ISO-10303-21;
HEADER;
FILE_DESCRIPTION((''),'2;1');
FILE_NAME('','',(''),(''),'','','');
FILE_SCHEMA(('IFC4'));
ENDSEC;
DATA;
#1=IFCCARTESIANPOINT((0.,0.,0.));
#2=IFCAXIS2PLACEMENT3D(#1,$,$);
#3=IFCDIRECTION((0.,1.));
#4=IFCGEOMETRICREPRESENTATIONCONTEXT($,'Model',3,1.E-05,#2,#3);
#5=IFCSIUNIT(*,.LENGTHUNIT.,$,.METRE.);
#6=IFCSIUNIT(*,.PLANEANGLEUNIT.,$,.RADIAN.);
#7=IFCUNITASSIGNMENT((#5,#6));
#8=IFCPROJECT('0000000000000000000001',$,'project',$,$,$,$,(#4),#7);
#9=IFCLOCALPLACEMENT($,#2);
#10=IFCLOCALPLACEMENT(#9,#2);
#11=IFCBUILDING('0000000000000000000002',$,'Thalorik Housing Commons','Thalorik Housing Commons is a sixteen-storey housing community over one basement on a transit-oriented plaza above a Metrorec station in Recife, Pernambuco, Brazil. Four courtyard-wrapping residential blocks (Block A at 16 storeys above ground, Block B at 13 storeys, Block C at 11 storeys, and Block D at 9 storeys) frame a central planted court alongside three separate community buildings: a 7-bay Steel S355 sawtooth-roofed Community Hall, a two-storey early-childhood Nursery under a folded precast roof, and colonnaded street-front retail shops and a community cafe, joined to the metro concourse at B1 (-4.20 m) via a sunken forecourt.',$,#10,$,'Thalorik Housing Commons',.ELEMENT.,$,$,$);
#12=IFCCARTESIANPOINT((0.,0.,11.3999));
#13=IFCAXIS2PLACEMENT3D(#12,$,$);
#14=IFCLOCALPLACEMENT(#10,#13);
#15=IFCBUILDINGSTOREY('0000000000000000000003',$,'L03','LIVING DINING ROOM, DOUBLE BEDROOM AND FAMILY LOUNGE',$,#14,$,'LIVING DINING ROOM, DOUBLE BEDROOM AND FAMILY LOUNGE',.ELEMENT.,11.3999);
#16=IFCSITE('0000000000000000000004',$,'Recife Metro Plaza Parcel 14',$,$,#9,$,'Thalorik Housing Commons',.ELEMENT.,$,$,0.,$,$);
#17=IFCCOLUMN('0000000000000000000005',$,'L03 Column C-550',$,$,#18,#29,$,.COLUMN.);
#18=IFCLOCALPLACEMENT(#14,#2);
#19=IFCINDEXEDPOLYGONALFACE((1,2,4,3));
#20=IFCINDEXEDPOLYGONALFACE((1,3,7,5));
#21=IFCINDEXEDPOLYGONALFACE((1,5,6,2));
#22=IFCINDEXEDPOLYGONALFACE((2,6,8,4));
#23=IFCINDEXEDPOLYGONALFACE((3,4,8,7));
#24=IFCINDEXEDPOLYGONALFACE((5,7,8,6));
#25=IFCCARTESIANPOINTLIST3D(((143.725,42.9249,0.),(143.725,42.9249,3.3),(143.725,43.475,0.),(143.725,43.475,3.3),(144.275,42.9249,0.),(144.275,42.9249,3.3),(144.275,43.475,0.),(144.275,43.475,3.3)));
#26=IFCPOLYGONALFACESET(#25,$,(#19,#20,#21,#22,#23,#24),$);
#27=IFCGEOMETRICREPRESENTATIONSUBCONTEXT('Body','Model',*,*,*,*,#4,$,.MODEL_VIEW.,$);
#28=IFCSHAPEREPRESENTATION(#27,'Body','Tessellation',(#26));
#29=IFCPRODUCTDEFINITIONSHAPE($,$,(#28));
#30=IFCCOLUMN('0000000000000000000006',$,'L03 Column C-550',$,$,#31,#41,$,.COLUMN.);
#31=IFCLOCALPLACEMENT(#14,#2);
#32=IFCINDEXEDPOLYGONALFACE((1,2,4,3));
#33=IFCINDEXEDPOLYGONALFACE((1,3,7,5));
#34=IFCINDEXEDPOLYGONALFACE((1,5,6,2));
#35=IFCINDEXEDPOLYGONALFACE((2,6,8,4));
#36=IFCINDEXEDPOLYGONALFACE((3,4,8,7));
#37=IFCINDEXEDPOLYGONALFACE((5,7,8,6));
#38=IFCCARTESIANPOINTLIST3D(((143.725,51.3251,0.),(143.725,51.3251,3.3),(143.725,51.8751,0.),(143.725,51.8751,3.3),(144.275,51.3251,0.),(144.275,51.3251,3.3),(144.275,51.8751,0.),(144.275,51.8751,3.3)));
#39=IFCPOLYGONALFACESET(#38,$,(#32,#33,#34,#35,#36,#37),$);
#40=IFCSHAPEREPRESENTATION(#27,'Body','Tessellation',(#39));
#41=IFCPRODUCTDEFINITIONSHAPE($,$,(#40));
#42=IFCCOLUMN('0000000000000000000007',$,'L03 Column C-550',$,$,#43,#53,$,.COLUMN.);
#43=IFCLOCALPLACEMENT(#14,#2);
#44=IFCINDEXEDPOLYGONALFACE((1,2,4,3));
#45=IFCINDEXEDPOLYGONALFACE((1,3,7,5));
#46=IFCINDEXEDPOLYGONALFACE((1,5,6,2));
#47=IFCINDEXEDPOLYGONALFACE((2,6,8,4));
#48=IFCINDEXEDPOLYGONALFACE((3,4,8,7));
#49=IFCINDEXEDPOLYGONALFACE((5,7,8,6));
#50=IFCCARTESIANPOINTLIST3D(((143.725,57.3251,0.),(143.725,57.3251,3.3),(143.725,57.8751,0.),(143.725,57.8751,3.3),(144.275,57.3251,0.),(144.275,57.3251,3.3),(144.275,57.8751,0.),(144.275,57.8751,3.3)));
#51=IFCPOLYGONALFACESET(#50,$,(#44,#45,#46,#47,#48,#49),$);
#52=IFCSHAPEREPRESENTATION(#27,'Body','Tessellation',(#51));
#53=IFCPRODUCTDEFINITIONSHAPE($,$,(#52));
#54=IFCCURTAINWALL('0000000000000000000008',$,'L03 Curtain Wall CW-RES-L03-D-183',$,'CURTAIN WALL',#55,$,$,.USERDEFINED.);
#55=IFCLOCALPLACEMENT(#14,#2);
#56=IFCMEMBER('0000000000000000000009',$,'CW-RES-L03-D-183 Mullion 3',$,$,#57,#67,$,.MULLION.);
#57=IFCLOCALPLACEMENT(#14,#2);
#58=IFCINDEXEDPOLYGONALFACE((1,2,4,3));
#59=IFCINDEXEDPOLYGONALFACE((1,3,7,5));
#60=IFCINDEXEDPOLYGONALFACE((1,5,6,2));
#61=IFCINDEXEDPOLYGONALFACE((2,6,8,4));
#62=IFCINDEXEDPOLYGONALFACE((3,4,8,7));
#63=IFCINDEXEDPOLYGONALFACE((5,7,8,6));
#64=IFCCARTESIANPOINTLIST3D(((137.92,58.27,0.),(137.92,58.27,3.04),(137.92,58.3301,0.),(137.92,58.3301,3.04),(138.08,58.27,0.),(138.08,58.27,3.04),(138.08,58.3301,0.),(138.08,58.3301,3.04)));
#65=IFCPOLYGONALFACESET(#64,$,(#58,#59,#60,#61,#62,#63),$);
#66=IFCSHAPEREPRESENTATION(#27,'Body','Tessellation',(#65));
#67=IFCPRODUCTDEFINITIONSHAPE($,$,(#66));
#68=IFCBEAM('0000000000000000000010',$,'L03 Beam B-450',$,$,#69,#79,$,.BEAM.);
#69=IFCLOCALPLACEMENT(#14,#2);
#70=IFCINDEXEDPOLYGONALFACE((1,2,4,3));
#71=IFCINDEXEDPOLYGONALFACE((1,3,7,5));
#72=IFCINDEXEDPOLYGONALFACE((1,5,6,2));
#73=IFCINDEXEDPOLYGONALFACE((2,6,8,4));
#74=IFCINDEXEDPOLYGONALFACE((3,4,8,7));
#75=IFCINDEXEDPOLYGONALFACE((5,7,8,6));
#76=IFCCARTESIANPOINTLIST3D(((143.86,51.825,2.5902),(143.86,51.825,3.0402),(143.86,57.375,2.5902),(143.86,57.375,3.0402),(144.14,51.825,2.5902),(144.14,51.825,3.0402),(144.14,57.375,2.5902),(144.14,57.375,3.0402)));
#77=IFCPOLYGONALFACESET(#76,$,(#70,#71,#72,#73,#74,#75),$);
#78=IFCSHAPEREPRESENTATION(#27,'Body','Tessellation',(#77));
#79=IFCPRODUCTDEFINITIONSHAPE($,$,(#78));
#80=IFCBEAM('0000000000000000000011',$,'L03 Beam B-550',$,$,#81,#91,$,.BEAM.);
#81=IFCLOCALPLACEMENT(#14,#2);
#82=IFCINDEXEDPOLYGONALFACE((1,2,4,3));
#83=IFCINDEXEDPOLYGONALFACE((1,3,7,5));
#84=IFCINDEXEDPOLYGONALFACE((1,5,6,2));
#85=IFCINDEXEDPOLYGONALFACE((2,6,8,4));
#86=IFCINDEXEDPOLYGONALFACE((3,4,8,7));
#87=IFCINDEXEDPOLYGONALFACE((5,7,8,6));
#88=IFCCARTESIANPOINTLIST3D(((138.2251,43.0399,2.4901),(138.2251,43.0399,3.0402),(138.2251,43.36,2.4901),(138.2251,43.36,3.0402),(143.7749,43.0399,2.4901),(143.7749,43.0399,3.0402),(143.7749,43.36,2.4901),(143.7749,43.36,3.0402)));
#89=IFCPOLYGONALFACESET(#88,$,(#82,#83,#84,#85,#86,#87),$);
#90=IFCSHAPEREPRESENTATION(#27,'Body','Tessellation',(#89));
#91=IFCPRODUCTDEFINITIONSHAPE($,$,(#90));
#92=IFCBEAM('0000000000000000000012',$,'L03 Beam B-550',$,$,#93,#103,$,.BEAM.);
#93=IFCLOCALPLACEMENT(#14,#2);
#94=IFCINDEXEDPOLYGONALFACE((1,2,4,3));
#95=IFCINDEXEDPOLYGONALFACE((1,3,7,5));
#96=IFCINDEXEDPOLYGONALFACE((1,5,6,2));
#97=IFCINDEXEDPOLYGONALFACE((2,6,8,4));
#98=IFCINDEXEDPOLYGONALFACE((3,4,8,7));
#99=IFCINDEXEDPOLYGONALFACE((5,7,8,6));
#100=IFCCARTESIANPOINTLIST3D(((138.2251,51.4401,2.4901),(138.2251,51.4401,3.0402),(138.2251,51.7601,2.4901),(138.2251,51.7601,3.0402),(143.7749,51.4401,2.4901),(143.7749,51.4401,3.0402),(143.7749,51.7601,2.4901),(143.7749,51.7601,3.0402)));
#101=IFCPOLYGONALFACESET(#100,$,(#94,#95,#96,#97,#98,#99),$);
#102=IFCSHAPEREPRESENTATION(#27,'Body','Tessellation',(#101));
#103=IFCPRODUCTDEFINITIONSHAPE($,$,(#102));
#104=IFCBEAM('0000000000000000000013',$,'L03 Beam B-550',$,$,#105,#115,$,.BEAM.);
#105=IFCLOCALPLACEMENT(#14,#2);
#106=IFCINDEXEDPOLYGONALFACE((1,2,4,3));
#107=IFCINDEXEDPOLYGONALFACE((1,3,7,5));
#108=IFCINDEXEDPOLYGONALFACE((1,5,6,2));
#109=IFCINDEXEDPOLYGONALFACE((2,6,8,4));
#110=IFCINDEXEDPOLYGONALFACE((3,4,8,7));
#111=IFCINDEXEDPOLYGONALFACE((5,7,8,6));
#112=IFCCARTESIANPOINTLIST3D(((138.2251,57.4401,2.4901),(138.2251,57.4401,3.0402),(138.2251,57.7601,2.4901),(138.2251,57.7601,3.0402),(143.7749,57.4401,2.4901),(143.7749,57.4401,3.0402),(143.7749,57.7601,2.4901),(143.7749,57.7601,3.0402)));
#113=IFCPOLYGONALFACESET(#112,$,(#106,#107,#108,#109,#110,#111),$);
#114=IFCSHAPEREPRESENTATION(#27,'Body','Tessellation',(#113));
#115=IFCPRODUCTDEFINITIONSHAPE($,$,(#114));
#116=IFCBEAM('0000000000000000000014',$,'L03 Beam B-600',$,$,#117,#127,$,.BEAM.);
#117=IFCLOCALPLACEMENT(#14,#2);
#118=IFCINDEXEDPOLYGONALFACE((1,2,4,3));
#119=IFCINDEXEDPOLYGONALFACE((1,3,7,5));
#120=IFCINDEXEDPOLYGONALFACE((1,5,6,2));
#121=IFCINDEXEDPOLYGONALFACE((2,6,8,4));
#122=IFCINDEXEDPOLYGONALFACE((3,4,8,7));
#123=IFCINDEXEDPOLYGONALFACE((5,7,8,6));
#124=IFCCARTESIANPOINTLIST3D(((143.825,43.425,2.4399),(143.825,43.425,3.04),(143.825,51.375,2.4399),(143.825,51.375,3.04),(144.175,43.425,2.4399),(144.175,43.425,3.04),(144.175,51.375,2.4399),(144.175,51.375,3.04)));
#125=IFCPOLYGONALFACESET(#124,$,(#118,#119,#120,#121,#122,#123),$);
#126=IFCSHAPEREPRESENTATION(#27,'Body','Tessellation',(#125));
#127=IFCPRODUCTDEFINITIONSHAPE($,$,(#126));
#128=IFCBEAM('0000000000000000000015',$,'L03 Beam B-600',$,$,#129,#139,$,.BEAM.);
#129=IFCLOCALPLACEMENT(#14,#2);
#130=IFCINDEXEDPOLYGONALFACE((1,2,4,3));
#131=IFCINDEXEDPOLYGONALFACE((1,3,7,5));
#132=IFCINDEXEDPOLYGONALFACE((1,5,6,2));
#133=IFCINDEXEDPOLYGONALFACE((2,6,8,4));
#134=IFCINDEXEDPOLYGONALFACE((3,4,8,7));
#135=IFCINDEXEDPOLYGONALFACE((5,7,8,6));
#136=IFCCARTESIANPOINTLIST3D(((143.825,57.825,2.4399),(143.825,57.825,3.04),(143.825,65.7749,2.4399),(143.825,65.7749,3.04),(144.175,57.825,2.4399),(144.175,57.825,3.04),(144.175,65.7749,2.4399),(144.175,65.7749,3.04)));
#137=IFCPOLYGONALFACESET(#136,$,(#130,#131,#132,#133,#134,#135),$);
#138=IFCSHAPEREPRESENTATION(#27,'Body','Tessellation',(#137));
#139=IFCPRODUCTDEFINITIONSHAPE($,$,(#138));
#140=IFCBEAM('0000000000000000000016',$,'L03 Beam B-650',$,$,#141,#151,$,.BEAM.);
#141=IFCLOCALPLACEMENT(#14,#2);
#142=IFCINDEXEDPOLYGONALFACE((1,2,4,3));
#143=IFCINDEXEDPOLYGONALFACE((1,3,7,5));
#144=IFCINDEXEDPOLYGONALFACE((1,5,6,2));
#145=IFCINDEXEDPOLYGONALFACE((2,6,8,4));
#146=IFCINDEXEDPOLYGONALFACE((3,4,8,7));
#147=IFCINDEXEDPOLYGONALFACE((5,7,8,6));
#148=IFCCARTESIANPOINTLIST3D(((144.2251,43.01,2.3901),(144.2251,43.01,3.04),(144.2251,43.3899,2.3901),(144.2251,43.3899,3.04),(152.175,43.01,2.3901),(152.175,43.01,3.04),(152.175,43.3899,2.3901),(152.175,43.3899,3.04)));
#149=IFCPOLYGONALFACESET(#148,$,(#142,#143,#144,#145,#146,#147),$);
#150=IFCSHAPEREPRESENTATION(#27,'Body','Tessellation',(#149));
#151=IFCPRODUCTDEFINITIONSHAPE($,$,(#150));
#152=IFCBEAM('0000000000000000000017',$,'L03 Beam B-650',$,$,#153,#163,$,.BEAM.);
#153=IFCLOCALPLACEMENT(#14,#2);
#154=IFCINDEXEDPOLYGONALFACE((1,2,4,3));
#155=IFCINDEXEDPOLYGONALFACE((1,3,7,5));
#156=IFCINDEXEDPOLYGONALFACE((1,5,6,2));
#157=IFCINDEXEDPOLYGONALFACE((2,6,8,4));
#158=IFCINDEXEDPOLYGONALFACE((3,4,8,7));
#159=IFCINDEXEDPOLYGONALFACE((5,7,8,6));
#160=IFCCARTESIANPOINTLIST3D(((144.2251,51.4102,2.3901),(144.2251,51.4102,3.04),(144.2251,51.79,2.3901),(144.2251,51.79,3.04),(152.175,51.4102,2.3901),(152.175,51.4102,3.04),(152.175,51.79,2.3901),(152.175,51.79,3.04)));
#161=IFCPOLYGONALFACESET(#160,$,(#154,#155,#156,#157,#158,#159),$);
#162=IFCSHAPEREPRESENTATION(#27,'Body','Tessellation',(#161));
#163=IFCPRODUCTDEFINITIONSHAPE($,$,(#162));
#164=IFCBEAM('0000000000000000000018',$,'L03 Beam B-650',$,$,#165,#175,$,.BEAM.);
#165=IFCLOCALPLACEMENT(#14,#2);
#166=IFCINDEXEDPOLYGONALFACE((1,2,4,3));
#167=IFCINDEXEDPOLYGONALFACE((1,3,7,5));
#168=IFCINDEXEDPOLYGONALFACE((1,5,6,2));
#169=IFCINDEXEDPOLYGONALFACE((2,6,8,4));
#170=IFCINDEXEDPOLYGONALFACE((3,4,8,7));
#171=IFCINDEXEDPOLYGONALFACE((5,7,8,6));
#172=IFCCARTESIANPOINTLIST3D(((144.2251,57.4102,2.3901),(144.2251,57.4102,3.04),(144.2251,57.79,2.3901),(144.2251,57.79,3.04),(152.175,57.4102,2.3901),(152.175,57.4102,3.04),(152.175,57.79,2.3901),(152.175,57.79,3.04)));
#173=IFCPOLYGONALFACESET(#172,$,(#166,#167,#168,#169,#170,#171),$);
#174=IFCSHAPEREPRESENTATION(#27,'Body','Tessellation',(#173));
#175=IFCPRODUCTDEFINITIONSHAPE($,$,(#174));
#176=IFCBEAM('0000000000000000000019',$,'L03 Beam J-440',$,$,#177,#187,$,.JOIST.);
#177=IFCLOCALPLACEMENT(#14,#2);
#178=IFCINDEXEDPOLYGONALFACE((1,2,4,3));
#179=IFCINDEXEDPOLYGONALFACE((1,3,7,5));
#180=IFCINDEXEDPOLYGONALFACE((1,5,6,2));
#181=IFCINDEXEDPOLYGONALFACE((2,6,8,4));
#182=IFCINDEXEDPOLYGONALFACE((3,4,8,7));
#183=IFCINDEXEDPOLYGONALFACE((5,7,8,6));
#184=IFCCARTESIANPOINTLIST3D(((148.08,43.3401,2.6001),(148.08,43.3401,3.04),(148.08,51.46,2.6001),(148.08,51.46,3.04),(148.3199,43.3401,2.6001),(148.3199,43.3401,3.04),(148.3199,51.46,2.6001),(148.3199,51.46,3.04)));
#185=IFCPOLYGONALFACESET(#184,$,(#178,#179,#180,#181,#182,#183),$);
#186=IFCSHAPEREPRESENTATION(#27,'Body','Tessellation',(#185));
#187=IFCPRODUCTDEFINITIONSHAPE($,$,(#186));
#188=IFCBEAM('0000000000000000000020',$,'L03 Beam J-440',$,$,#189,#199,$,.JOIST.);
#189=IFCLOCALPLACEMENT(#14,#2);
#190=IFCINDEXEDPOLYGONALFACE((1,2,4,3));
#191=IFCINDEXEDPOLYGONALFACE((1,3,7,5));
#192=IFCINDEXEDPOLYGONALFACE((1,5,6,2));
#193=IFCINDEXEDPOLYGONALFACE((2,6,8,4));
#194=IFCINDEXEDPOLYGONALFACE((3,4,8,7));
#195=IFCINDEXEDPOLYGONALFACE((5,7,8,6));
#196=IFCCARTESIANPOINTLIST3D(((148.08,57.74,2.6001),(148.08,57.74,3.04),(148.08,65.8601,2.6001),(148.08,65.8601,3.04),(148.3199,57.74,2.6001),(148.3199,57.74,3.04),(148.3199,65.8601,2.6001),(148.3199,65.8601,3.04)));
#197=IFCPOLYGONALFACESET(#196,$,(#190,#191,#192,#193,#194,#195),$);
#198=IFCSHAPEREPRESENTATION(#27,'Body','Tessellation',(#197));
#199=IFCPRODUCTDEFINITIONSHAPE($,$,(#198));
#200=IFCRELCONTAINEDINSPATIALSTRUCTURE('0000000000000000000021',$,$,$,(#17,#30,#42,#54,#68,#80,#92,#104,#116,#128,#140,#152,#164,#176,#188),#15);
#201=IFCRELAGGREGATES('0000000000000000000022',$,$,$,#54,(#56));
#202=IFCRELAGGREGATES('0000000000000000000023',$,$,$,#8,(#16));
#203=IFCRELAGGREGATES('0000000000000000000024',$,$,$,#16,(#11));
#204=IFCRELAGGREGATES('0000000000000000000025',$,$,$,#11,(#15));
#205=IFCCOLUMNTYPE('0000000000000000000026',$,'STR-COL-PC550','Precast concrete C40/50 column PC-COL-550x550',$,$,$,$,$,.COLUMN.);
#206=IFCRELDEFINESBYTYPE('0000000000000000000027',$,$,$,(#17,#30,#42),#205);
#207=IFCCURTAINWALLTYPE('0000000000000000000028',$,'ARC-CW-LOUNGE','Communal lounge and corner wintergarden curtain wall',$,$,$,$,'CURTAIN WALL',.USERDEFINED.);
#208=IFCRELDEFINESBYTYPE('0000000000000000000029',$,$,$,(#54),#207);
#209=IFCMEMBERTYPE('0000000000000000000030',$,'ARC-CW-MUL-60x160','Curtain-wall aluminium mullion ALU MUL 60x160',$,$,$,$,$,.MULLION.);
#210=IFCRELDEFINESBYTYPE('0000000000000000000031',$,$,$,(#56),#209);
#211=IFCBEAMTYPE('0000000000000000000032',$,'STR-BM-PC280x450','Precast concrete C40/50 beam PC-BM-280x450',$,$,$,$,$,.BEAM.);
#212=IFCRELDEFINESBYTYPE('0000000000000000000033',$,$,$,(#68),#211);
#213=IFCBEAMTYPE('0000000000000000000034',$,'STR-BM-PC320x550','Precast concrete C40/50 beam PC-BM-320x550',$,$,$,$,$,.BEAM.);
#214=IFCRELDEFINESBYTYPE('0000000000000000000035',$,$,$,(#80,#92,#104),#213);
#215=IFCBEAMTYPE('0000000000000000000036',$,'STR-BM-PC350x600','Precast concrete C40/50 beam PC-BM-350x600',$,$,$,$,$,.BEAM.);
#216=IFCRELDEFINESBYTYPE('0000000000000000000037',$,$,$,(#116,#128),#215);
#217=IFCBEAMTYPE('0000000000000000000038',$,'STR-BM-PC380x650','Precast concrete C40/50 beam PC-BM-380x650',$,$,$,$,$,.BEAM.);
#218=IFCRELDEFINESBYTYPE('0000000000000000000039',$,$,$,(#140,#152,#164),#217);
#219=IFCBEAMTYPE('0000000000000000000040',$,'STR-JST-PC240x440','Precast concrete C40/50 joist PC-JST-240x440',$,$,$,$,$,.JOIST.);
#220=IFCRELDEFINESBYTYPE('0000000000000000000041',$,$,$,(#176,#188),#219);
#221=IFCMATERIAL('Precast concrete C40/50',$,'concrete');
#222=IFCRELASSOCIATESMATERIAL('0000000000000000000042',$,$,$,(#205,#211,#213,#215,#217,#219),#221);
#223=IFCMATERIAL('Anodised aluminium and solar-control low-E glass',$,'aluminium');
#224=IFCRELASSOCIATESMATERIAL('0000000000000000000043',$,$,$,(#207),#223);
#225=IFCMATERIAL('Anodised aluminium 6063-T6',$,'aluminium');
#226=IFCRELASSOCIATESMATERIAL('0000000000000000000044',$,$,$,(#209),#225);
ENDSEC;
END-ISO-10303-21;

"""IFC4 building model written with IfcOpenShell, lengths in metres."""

from ifc_helpers import new_model, si_unit, direction, frame, origin, origin_2d, place, context, subcontext, project, spatial, rectangle, extrude, material, material_profile, profile_set, type_object, element, aggregate, save


model = new_model("IFC4")

# Units and contexts
model_context = context("Model", 3, precision=1e-05, world=origin(), true_north=direction((0.0, 1.0)))
body_context = subcontext(model_context, "Body", "Model", "MODEL_VIEW")
ifc_project = project(units=[si_unit("LENGTHUNIT", "METRE"), si_unit("PLANEANGLEUNIT", "RADIAN")], contexts=[model_context])

# Site, building, storey
site_placement = place(None, origin())
site = spatial("IfcSite", under=ifc_project, at=site_placement, Name="Recife Metro Plaza Parcel 14", LongName="Thalorik Housing Commons", CompositionType="ELEMENT", RefElevation=0.0)
building_placement = place(site_placement, origin())
building = spatial("IfcBuilding", under=site, at=building_placement, Name="Thalorik Housing Commons", Description="Thalorik Housing Commons is a sixteen-storey housing community over one basement on a transit-oriented plaza above a Metrorec station in Recife, Pernambuco, Brazil. Four courtyard-wrapping residential blocks (Block A at 16 storeys above ground, Block B at 13 storeys, Block C at 11 storeys, and Block D at 9 storeys) frame a central planted court alongside three separate community buildings: a 7-bay Steel S355 sawtooth-roofed Community Hall, a two-storey early-childhood Nursery under a folded precast roof, and colonnaded street-front retail shops and a community cafe, joined to the metro concourse at B1 (-4.20 m) via a sunken forecourt.", LongName="Thalorik Housing Commons", CompositionType="ELEMENT")
storey_placement = place(building_placement, frame((0.0, 0.0, 11.3999)))
storey = spatial("IfcBuildingStorey", under=building, at=storey_placement, Name="L03", Description="LIVING DINING ROOM, DOUBLE BEDROOM AND FAMILY LOUNGE", LongName="LIVING DINING ROOM, DOUBLE BEDROOM AND FAMILY LOUNGE", CompositionType="ELEMENT", Elevation=11.3999)

# Columns
ifc_material_1 = material(Name="Precast concrete C40/50", Category="concrete")
ifc_material_profile_1 = material_profile(ifc_material_1, rectangle(XDim=0.55, YDim=0.55, at=origin_2d()), Name="PC 550x550", Category="concrete")
ifc_profile_set_1 = profile_set([ifc_material_profile_1], Name="Precast concrete C40/50")
column_type = type_object("IfcColumnType", Name="STR-COL-PC550", Description="Precast concrete C40/50 column PC-COL-550x550", PredefinedType="COLUMN", material=ifc_profile_set_1)
for number, where, z_axis, x_axis, name in (
    (1, (144.0, 43.2, 0.0), (0.0, 0.0, 1.0), (1.0, 0.0, 0.0), "L03 Column C-550"),
    (2, (144.0, 51.6001, 0.0), (0.0, 0.0, 1.0), (1.0, 0.0, 0.0), "L03 Column C-550"),
    (3, (144.0, 57.6001, 0.0), (0.0, 0.0, 1.0), (1.0, 0.0, 0.0), "L03 Column C-550"),
):
    element("IfcColumn", number, at=place(storey_placement, frame(where, z_axis=z_axis, x_axis=x_axis)), inside=storey, type_object=column_type, Name=name, PredefinedType="COLUMN", context=body_context, shape_type="SweptSolid", body=[
        extrude(rectangle(XDim=0.55, YDim=0.55, at=origin_2d()), origin(), (0.0, 0.0, 1.0), 3.3),
    ])

# Curtain wall, member
ifc_material_2 = material(Name="Anodised aluminium and solar-control low-E glass", Category="aluminium")
curtain_wall_type = type_object("IfcCurtainWallType", Name="ARC-CW-LOUNGE", Description="Communal lounge and corner wintergarden curtain wall", ElementType="CURTAIN WALL", PredefinedType="USERDEFINED", material=ifc_material_2)
curtain_wall_placement = place(storey_placement, origin())
curtain_wall = element("IfcCurtainWall", 4, at=curtain_wall_placement, inside=storey, type_object=curtain_wall_type, Name="L03 Curtain Wall CW-RES-L03-D-183", ObjectType="CURTAIN WALL", PredefinedType="USERDEFINED")
ifc_material_3 = material(Name="Anodised aluminium 6063-T6", Category="aluminium")
ifc_material_profile_2 = material_profile(ifc_material_3, rectangle(XDim=0.0601, YDim=0.1599, at=origin_2d()), Name="ALU MUL 60x160", Category="aluminium")
ifc_profile_set_2 = profile_set([ifc_material_profile_2], Name="Anodised aluminium 6063-T6")
member_type = type_object("IfcMemberType", Name="ARC-CW-MUL-60x160", Description="Curtain-wall aluminium mullion ALU MUL 60x160", PredefinedType="MULLION", material=ifc_profile_set_2)
member_placement = place(storey_placement, frame((138.0, 58.3, 0.0), z_axis=(0.0, 0.0, 1.0), x_axis=(0.0, -1.0, 0.0)))
member = element("IfcMember", 5, at=member_placement, type_object=member_type, Name="CW-RES-L03-D-183 Mullion 3", PredefinedType="MULLION", context=body_context, shape_type="SweptSolid", body=[
    extrude(rectangle(XDim=0.0601, YDim=0.1599, at=origin_2d()), origin(), (0.0, 0.0, 1.0), 3.04),
])
aggregate(curtain_wall, [member])

# Beams
ifc_material_profile_3 = material_profile(ifc_material_1, rectangle(XDim=0.28, YDim=0.45, at=origin_2d()), Name="PC 280x450", Category="concrete")
ifc_profile_set_3 = profile_set([ifc_material_profile_3], Name="Precast concrete C40/50")
beam_type_1 = type_object("IfcBeamType", Name="STR-BM-PC280x450", Description="Precast concrete C40/50 beam PC-BM-280x450", PredefinedType="BEAM", material=ifc_profile_set_3)
beam_1_placement = place(storey_placement, frame((144.0, 51.825, 2.8152), z_axis=(0.0, 1.0, 0.0), x_axis=(-1.0, 0.0, 0.0)))
element("IfcBeam", 6, at=beam_1_placement, inside=storey, type_object=beam_type_1, Name="L03 Beam B-450", PredefinedType="BEAM", context=body_context, shape_type="SweptSolid", body=[
    extrude(rectangle(XDim=0.28, YDim=0.45, at=origin_2d()), origin(), (0.0, 0.0, 1.0), 5.55),
])
ifc_material_profile_4 = material_profile(ifc_material_1, rectangle(XDim=0.3201, YDim=0.55, at=origin_2d()), Name="PC 320x550", Category="concrete")
ifc_profile_set_4 = profile_set([ifc_material_profile_4], Name="Precast concrete C40/50")
beam_type_2 = type_object("IfcBeamType", Name="STR-BM-PC320x550", Description="Precast concrete C40/50 beam PC-BM-320x550", PredefinedType="BEAM", material=ifc_profile_set_4)
for number, where, z_axis, x_axis, name in (
    (7, (138.2251, 43.2, 2.7651), (1.0, 0.0, 0.0), (0.0, 1.0, 0.0), "L03 Beam B-550"),
    (8, (138.2251, 51.6001, 2.7651), (1.0, 0.0, 0.0), (0.0, 1.0, 0.0), "L03 Beam B-550"),
    (9, (138.2251, 57.6001, 2.7651), (1.0, 0.0, 0.0), (0.0, 1.0, 0.0), "L03 Beam B-550"),
):
    element("IfcBeam", number, at=place(storey_placement, frame(where, z_axis=z_axis, x_axis=x_axis)), inside=storey, type_object=beam_type_2, Name=name, PredefinedType="BEAM", context=body_context, shape_type="SweptSolid", body=[
        extrude(rectangle(XDim=0.3201, YDim=0.55, at=origin_2d()), origin(), (0.0, 0.0, 1.0), 5.5498),
    ])
ifc_material_profile_5 = material_profile(ifc_material_1, rectangle(XDim=0.3501, YDim=0.6001, at=origin_2d()), Name="PC 350x600", Category="concrete")
ifc_profile_set_5 = profile_set([ifc_material_profile_5], Name="Precast concrete C40/50")
beam_type_3 = type_object("IfcBeamType", Name="STR-BM-PC350x600", Description="Precast concrete C40/50 beam PC-BM-350x600", PredefinedType="BEAM", material=ifc_profile_set_5)
for number, where, z_axis, x_axis, name in (
    (10, (144.0, 43.425, 2.74), (0.0, 1.0, 0.0), (-1.0, 0.0, 0.0), "L03 Beam B-600"),
    (11, (144.0, 57.825, 2.74), (0.0, 1.0, 0.0), (-1.0, 0.0, 0.0), "L03 Beam B-600"),
):
    element("IfcBeam", number, at=place(storey_placement, frame(where, z_axis=z_axis, x_axis=x_axis)), inside=storey, type_object=beam_type_3, Name=name, PredefinedType="BEAM", context=body_context, shape_type="SweptSolid", body=[
        extrude(rectangle(XDim=0.3501, YDim=0.6001, at=origin_2d()), origin(), (0.0, 0.0, 1.0), 7.95),
    ])
ifc_material_profile_6 = material_profile(ifc_material_1, rectangle(XDim=0.3799, YDim=0.6499, at=origin_2d()), Name="PC 380x650", Category="concrete")
ifc_profile_set_6 = profile_set([ifc_material_profile_6], Name="Precast concrete C40/50")
beam_type_4 = type_object("IfcBeamType", Name="STR-BM-PC380x650", Description="Precast concrete C40/50 beam PC-BM-380x650", PredefinedType="BEAM", material=ifc_profile_set_6)
for number, where, z_axis, x_axis, name in (
    (12, (144.2251, 43.2, 2.7151), (1.0, 0.0, 0.0), (0.0, 1.0, 0.0), "L03 Beam B-650"),
    (13, (144.2251, 51.6001, 2.7151), (1.0, 0.0, 0.0), (0.0, 1.0, 0.0), "L03 Beam B-650"),
    (14, (144.2251, 57.6001, 2.7151), (1.0, 0.0, 0.0), (0.0, 1.0, 0.0), "L03 Beam B-650"),
):
    element("IfcBeam", number, at=place(storey_placement, frame(where, z_axis=z_axis, x_axis=x_axis)), inside=storey, type_object=beam_type_4, Name=name, PredefinedType="BEAM", context=body_context, shape_type="SweptSolid", body=[
        extrude(rectangle(XDim=0.3799, YDim=0.6499, at=origin_2d()), origin(), (0.0, 0.0, 1.0), 7.95),
    ])
ifc_material_profile_7 = material_profile(ifc_material_1, rectangle(XDim=0.24, YDim=0.4399, at=origin_2d()), Name="PC JST 240x440", Category="concrete")
ifc_profile_set_7 = profile_set([ifc_material_profile_7], Name="Precast concrete C40/50")
beam_type_5 = type_object("IfcBeamType", Name="STR-JST-PC240x440", Description="Precast concrete C40/50 joist PC-JST-240x440", PredefinedType="JOIST", material=ifc_profile_set_7)
beam_2_placement = place(storey_placement, frame((148.2, 43.3401, 2.8201), z_axis=(0.0, 1.0, 0.0), x_axis=(-1.0, 0.0, 0.0)))
element("IfcBeam", 15, at=beam_2_placement, inside=storey, type_object=beam_type_5, Name="L03 Beam J-440", PredefinedType="JOIST", context=body_context, shape_type="SweptSolid", body=[
    extrude(rectangle(XDim=0.24, YDim=0.4399, at=origin_2d()), origin(), (0.0, 0.0, 1.0), 8.1199),
])
beam_3_placement = place(storey_placement, frame((148.2, 57.74, 2.8201), z_axis=(0.0, 1.0, 0.0), x_axis=(-1.0, 0.0, 0.0)))
element("IfcBeam", 16, at=beam_3_placement, inside=storey, type_object=beam_type_5, Name="L03 Beam J-440", PredefinedType="JOIST", context=body_context, shape_type="SweptSolid", body=[
    extrude(rectangle(XDim=0.24, YDim=0.4399, at=origin_2d()), origin(), (0.0, 0.0, 1.0), 8.1201),
])

save(model, "model.ifc")
